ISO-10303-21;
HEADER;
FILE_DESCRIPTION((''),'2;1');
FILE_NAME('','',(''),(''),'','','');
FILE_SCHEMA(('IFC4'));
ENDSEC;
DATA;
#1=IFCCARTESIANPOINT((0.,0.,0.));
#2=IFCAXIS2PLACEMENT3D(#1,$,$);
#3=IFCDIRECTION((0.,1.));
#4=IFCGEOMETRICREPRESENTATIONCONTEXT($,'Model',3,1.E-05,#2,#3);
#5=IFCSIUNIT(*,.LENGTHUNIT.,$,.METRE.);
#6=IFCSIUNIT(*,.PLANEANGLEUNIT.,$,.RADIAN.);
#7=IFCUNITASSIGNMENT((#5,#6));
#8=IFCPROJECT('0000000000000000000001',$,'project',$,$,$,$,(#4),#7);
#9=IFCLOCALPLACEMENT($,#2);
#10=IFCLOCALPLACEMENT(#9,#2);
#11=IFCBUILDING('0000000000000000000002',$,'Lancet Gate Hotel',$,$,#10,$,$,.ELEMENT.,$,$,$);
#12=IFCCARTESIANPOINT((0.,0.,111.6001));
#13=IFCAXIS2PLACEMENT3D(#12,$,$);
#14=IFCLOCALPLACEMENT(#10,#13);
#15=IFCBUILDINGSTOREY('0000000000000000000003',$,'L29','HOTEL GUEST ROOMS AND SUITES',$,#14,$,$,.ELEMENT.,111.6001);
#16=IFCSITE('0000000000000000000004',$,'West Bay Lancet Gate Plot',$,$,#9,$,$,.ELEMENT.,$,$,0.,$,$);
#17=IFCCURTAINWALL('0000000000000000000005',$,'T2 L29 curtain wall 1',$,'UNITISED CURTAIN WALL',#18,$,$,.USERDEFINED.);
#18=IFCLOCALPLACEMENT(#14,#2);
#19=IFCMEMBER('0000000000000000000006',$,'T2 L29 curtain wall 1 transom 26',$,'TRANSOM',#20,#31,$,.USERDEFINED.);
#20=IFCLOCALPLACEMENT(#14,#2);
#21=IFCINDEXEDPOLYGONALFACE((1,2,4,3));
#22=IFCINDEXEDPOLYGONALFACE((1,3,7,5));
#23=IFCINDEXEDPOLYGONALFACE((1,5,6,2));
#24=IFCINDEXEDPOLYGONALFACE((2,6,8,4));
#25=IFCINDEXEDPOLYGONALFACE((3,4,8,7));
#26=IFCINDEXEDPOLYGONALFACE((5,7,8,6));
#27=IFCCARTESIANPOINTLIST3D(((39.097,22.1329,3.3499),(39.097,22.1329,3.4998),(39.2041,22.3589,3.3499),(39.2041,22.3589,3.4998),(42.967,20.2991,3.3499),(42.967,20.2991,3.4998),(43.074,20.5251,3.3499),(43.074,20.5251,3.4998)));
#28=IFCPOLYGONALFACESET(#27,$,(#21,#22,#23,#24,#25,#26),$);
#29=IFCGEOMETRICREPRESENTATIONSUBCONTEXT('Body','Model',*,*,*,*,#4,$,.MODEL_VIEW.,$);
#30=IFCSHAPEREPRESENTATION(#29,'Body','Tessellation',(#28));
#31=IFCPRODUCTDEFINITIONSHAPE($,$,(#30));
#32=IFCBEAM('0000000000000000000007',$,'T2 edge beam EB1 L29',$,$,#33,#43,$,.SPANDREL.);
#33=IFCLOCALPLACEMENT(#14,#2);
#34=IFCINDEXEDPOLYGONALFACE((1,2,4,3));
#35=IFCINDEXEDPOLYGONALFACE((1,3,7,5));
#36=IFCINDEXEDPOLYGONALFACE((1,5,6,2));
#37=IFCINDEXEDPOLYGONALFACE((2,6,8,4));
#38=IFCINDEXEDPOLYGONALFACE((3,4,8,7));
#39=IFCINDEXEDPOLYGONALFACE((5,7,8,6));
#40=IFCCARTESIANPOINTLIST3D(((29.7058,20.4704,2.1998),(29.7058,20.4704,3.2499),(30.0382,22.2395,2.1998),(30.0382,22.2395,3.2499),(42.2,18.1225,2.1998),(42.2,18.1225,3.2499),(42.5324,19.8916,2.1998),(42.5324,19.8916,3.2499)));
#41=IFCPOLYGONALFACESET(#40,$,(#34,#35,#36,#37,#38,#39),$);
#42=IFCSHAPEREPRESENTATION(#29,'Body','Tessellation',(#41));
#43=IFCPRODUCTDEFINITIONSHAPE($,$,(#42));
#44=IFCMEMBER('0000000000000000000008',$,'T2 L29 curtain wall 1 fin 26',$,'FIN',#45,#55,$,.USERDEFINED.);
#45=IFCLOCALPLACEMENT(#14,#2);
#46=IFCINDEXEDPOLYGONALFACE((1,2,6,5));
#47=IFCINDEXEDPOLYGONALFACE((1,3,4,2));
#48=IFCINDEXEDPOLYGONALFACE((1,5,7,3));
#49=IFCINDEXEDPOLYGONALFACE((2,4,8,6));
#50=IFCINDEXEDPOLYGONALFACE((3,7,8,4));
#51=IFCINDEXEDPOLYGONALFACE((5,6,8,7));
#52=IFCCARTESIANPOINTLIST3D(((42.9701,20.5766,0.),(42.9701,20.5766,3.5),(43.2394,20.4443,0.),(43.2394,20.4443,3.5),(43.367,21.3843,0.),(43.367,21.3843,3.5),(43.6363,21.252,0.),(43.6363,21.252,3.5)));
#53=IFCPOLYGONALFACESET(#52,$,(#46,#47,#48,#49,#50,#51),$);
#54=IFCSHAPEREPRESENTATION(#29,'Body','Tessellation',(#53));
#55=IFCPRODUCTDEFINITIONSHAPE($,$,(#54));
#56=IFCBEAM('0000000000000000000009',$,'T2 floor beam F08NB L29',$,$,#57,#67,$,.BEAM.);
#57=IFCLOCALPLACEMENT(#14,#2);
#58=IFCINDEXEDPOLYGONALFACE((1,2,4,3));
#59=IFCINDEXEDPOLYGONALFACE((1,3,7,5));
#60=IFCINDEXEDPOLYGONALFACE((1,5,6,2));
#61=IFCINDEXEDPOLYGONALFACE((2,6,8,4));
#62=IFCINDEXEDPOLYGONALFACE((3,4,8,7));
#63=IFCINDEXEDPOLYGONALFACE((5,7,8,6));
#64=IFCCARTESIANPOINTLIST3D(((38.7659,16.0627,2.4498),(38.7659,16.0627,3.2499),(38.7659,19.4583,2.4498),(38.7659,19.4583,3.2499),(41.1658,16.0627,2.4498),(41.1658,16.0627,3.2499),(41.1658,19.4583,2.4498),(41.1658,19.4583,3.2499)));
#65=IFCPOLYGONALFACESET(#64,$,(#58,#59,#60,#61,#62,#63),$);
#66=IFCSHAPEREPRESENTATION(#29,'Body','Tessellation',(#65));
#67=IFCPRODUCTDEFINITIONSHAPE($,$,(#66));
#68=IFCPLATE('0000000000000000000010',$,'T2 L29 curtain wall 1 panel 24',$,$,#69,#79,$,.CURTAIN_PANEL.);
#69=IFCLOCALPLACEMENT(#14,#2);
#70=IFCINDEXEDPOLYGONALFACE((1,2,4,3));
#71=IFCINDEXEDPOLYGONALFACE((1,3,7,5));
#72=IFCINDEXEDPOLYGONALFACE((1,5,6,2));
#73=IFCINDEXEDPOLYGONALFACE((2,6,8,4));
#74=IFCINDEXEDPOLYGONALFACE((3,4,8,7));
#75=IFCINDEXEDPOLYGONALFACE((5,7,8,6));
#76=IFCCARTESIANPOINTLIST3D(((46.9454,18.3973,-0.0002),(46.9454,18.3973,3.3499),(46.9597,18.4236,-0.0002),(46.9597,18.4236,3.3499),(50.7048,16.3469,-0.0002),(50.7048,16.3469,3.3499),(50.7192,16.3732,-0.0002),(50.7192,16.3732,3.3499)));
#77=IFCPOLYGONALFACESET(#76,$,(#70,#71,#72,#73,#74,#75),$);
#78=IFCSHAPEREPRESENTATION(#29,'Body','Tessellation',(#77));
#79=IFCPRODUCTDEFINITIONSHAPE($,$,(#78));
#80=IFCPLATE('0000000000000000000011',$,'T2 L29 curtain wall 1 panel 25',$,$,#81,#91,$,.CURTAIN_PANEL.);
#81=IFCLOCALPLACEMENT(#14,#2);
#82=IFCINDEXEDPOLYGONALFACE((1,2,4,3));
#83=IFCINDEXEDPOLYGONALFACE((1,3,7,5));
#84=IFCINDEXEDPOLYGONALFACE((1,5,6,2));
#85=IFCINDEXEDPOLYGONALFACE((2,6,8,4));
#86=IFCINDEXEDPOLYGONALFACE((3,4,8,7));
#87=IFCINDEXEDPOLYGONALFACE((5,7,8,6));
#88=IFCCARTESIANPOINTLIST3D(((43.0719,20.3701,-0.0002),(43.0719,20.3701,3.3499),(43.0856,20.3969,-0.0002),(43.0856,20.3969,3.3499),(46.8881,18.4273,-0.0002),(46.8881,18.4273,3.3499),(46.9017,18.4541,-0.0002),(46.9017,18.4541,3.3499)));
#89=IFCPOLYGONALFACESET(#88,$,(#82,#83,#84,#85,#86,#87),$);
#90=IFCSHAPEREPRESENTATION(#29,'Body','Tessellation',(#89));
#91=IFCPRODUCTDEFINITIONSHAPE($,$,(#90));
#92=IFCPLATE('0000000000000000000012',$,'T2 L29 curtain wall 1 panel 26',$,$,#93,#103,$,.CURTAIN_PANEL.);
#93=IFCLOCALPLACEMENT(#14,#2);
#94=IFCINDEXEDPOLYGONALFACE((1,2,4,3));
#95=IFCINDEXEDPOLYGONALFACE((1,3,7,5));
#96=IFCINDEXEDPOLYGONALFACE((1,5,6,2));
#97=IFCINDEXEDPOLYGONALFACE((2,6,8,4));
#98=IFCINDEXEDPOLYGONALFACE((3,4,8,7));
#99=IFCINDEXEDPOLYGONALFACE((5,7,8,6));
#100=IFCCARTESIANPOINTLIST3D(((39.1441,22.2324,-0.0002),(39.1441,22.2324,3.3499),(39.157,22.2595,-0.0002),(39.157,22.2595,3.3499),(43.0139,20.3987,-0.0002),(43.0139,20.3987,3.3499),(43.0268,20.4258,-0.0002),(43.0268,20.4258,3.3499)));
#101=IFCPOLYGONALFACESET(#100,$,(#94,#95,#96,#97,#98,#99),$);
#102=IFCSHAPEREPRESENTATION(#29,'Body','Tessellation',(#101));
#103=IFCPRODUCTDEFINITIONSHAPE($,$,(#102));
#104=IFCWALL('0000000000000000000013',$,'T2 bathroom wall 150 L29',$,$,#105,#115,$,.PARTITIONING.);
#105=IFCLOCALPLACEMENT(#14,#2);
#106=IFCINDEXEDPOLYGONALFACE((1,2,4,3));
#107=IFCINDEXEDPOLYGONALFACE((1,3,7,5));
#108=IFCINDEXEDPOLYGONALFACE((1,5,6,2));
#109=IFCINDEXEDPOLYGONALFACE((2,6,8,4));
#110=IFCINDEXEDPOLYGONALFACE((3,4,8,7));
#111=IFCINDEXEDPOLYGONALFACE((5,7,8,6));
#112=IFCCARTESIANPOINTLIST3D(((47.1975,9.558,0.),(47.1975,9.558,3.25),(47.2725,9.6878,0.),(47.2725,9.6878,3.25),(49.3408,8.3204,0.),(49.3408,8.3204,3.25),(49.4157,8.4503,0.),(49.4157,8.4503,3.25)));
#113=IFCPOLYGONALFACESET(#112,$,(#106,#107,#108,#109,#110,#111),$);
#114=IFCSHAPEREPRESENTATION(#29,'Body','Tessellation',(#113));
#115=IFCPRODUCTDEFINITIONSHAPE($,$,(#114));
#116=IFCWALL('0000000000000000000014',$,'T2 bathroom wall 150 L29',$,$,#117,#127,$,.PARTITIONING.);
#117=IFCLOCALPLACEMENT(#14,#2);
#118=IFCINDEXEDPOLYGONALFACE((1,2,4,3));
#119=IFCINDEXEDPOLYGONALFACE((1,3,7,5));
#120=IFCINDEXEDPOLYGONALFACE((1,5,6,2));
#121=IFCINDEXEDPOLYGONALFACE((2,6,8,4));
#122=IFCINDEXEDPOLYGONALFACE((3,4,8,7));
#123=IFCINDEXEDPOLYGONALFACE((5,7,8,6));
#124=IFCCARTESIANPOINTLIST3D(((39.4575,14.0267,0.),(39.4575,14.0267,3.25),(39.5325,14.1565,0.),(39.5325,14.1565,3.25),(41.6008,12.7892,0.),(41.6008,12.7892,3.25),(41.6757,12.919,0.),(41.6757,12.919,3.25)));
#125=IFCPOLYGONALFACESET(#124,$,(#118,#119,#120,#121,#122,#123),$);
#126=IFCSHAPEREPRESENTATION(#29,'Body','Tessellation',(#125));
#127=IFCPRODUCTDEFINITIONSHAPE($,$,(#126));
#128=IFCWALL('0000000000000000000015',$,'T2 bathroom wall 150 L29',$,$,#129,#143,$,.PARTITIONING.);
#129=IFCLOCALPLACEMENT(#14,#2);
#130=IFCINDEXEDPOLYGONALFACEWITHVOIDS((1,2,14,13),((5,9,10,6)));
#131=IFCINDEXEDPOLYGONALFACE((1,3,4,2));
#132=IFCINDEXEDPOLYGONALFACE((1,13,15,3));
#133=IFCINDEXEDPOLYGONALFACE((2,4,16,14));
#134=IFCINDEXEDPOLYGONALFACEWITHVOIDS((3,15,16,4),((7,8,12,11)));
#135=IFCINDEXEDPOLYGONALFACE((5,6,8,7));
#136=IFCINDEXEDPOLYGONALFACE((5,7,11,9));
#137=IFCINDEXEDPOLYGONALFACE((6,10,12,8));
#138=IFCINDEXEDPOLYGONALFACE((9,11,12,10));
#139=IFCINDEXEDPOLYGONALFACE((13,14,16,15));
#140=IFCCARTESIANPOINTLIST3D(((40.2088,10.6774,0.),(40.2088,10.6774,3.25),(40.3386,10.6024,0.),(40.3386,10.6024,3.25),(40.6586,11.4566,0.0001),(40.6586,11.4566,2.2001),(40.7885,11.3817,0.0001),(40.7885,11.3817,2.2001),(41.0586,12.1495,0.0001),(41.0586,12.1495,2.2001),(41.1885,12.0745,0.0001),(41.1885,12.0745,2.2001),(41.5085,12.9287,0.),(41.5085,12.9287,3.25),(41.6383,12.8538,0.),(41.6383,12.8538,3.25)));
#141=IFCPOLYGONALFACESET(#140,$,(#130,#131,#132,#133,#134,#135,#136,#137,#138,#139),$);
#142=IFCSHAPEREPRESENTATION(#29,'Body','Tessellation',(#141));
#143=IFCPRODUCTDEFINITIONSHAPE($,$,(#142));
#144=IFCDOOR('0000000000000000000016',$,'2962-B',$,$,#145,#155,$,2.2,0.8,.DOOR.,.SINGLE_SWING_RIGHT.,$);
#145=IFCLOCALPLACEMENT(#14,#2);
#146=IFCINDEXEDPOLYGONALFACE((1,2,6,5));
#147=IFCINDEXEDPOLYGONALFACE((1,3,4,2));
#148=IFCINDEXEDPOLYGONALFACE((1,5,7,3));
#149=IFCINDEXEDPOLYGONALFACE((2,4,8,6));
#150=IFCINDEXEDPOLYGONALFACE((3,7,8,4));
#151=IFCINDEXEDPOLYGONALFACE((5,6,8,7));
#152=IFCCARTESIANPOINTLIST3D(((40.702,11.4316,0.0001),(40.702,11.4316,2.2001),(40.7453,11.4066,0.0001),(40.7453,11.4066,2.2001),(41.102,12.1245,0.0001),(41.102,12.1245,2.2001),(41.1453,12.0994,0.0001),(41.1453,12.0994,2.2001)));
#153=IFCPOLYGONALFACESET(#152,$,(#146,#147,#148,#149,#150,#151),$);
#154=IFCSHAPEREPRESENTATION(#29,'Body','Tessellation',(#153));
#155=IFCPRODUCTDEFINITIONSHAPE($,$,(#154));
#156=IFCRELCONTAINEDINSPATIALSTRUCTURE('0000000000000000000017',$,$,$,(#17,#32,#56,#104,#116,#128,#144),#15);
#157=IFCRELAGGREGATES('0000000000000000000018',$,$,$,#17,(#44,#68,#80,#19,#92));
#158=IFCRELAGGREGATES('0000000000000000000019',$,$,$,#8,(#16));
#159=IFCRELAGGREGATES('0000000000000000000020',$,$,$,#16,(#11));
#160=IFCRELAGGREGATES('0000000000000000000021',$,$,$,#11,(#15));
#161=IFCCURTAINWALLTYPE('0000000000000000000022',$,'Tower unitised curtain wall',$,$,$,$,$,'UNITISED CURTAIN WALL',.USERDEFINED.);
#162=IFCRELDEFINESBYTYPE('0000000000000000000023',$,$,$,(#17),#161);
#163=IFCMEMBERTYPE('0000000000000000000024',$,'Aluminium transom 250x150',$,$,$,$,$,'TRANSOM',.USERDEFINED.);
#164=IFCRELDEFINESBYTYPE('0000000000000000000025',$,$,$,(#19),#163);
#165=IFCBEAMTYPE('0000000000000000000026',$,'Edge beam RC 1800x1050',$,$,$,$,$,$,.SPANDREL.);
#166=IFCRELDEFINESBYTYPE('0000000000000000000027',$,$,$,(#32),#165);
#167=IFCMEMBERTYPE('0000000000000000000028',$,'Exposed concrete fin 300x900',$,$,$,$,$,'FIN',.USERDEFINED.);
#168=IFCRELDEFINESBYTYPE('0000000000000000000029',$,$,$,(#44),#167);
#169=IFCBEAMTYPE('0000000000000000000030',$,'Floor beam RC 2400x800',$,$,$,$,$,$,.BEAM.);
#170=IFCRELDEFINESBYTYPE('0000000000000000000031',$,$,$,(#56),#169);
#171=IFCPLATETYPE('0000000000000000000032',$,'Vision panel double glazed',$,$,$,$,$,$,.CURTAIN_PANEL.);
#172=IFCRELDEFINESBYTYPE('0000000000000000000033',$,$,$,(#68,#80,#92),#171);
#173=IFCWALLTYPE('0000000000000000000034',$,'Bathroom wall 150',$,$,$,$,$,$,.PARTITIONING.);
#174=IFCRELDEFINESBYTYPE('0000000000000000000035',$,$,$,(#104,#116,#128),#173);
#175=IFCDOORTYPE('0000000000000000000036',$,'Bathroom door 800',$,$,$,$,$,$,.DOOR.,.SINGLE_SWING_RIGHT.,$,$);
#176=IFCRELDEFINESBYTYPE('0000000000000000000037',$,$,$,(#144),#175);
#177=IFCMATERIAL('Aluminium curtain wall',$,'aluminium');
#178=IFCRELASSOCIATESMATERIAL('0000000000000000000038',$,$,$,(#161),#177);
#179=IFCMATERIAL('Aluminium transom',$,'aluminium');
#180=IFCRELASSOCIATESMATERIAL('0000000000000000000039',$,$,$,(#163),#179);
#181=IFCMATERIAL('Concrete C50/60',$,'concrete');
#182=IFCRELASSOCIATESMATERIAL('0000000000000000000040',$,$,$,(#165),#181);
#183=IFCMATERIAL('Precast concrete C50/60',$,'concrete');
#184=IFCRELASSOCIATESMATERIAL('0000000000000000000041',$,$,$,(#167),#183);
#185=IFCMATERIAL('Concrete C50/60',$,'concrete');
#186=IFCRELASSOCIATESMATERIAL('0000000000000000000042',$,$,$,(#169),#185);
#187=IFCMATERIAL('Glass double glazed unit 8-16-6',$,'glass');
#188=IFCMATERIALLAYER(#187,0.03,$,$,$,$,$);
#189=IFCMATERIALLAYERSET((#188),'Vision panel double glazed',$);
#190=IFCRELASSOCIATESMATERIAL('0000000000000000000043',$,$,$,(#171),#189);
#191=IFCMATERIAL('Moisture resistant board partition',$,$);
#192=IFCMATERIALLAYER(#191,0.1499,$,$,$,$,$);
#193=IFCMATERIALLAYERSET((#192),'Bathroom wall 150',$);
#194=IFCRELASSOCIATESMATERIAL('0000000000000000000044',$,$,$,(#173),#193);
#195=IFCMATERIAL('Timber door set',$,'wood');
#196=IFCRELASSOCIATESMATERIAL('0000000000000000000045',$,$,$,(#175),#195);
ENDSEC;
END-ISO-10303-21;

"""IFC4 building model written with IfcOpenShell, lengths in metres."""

from ifc_helpers import new_model, si_unit, direction, frame, frame_2d, origin, origin_2d, place, context, subcontext, project, spatial, rectangle, extrude, material, layer, layer_set, material_profile, profile_set, type_object, element, fill, aggregate, save


model = new_model("IFC4")

# Units and contexts
model_context = context("Model", 3, precision=1e-05, world=origin(), true_north=direction((0.0, 1.0)))
body_context = subcontext(model_context, "Body", "Model", "MODEL_VIEW")
ifc_project = project(units=[si_unit("LENGTHUNIT", "METRE"), si_unit("PLANEANGLEUNIT", "RADIAN")], contexts=[model_context])

# Site, building, storey
site_placement = place(None, origin())
site = spatial("IfcSite", under=ifc_project, at=site_placement, Name="West Bay Lancet Gate Plot", CompositionType="ELEMENT", RefElevation=0.0)
building_placement = place(site_placement, origin())
building = spatial("IfcBuilding", under=site, at=building_placement, Name="Lancet Gate Hotel", CompositionType="ELEMENT")
storey_placement = place(building_placement, frame((0.0, 0.0, 111.6001)))
storey = spatial("IfcBuildingStorey", under=building, at=storey_placement, Name="L29", Description="HOTEL GUEST ROOMS AND SUITES", CompositionType="ELEMENT", Elevation=111.6001)

# Curtain wall, member
ifc_material_1 = material(Name="Aluminium curtain wall", Category="aluminium")
curtain_wall_type = type_object("IfcCurtainWallType", Name="Tower unitised curtain wall", ElementType="UNITISED CURTAIN WALL", PredefinedType="USERDEFINED", material=ifc_material_1)
curtain_wall_placement = place(storey_placement, origin())
curtain_wall = element("IfcCurtainWall", 1, at=curtain_wall_placement, inside=storey, type_object=curtain_wall_type, Name="T2 L29 curtain wall 1", ObjectType="UNITISED CURTAIN WALL", PredefinedType="USERDEFINED")
ifc_material_2 = material(Name="Aluminium transom", Category="aluminium")
ifc_material_profile_1 = material_profile(ifc_material_2, rectangle(XDim=0.25, YDim=0.1499, at=origin_2d()), Name="TRANSOM 250x150")
ifc_profile_set_1 = profile_set([ifc_material_profile_1], Name="Aluminium transom")
member_type_1 = type_object("IfcMemberType", Name="Aluminium transom 250x150", ElementType="TRANSOM", PredefinedType="USERDEFINED", material=ifc_profile_set_1)
member_1_placement = place(storey_placement, frame((43.0205, 20.4121, 3.4248), z_axis=(-0.90368, 0.428209, 0.0), x_axis=(-0.428209, -0.90368, 0.0)))
member_1 = element("IfcMember", 2, at=member_1_placement, type_object=member_type_1, Name="T2 L29 curtain wall 1 transom 26", ObjectType="TRANSOM", PredefinedType="USERDEFINED", context=body_context, shape_type="SweptSolid", body=[
    extrude(rectangle(XDim=0.25, YDim=0.1499, at=origin_2d()), origin(), (0.0, 0.0, 1.0), 4.2825),
])

# Beam
ifc_material_3 = material(Name="Concrete C50/60", Category="concrete")
ifc_material_profile_2 = material_profile(ifc_material_3, rectangle(XDim=1.8, YDim=1.05, at=origin_2d()), Name="RC 1800x1050")
ifc_profile_set_2 = profile_set([ifc_material_profile_2], Name="Concrete C50/60")
beam_type_1 = type_object("IfcBeamType", Name="Edge beam RC 1800x1050", PredefinedType="SPANDREL", material=ifc_profile_set_2)
beam_1_placement = place(storey_placement, frame((42.3662, 19.0071, 2.7249), z_axis=(-0.982797, 0.184687, 0.0), x_axis=(-0.184687, -0.982797, 0.0)))
element("IfcBeam", 3, at=beam_1_placement, inside=storey, type_object=beam_type_1, Name="T2 edge beam EB1 L29", PredefinedType="SPANDREL", context=body_context, shape_type="SweptSolid", body=[
    extrude(rectangle(XDim=1.8, YDim=1.05, at=origin_2d()), origin(), (0.0, 0.0, 1.0), 12.7129),
])

# Member
ifc_material_4 = material(Name="Precast concrete C50/60", Category="concrete")
ifc_material_profile_3 = material_profile(ifc_material_4, rectangle(XDim=0.3, YDim=0.8999, at=origin_2d()), Name="FIN 300x900")
ifc_profile_set_3 = profile_set([ifc_material_profile_3], Name="Precast concrete C50/60")
member_type_2 = type_object("IfcMemberType", Name="Exposed concrete fin 300x900", ElementType="FIN", PredefinedType="USERDEFINED", material=ifc_profile_set_3)
member_2_placement = place(storey_placement, frame((43.3032, 20.9143, 0.0), z_axis=(0.0, 0.0, 1.0), x_axis=(-0.897512, 0.44099, 0.0)))
member_2 = element("IfcMember", 4, at=member_2_placement, type_object=member_type_2, Name="T2 L29 curtain wall 1 fin 26", ObjectType="FIN", PredefinedType="USERDEFINED", context=body_context, shape_type="SweptSolid", body=[
    extrude(rectangle(XDim=0.3, YDim=0.8999, at=origin_2d()), origin(), (0.0, 0.0, 1.0), 3.5),
])

# Beam
ifc_material_5 = material(Name="Concrete C50/60", Category="concrete")
ifc_material_profile_4 = material_profile(ifc_material_5, rectangle(XDim=2.3999, YDim=0.8, at=origin_2d()), Name="RC 2400x800")
ifc_profile_set_4 = profile_set([ifc_material_profile_4], Name="Concrete C50/60")
beam_type_2 = type_object("IfcBeamType", Name="Floor beam RC 2400x800", PredefinedType="BEAM", material=ifc_profile_set_4)
beam_2_placement = place(storey_placement, frame((39.9658, 16.0627, 2.8499), z_axis=(0.0, 1.0, 0.0), x_axis=(-1.0, 0.0, 0.0)))
element("IfcBeam", 5, at=beam_2_placement, inside=storey, type_object=beam_type_2, Name="T2 floor beam F08NB L29", PredefinedType="BEAM", context=body_context, shape_type="SweptSolid", body=[
    extrude(rectangle(XDim=2.3999, YDim=0.8, at=origin_2d()), origin(), (0.0, 0.0, 1.0), 3.3955),
])

# Plates
ifc_material_6 = material(Name="Glass double glazed unit 8-16-6", Category="glass")
ifc_layer_1 = layer(ifc_material_6, 0.03)
ifc_layer_set_1 = layer_set([ifc_layer_1], Name="Vision panel double glazed")
plate_type = type_object("IfcPlateType", Name="Vision panel double glazed", PredefinedType="CURTAIN_PANEL", material=ifc_layer_set_1)
plate_1_placement = place(storey_placement, frame((48.8323, 17.3853, -0.0002), z_axis=(0.0, 0.0, 1.0), x_axis=(-0.877916, 0.478814, 0.0)))
plate_1 = element("IfcPlate", 6, at=plate_1_placement, type_object=plate_type, Name="T2 L29 curtain wall 1 panel 24", PredefinedType="CURTAIN_PANEL", context=body_context, shape_type="SweptSolid", body=[
    extrude(rectangle(XDim=4.2822, YDim=0.03, at=origin_2d()), origin(), (0.0, 0.0, 1.0), 3.3501),
])
plate_2_placement = place(storey_placement, frame((44.9868, 19.4121, -0.0002), z_axis=(0.0, 0.0, 1.0), x_axis=(-0.891159, 0.45369, 0.0)))
plate_2 = element("IfcPlate", 7, at=plate_2_placement, type_object=plate_type, Name="T2 L29 curtain wall 1 panel 25", PredefinedType="CURTAIN_PANEL", context=body_context, shape_type="SweptSolid", body=[
    extrude(rectangle(XDim=4.2822, YDim=0.03, at=origin_2d()), origin(), (0.0, 0.0, 1.0), 3.3501),
])
plate_3_placement = place(storey_placement, frame((41.0854, 21.3291, -0.0002), z_axis=(0.0, 0.0, 1.0), x_axis=(-0.903683, 0.428201, 0.0)))
plate_3 = element("IfcPlate", 8, at=plate_3_placement, type_object=plate_type, Name="T2 L29 curtain wall 1 panel 26", PredefinedType="CURTAIN_PANEL", context=body_context, shape_type="SweptSolid", body=[
    extrude(rectangle(XDim=4.2822, YDim=0.03, at=origin_2d()), origin(), (0.0, 0.0, 1.0), 3.3501),
])
aggregate(curtain_wall, [member_2, plate_1, plate_2, member_1, plate_3])

# Walls
ifc_material_7 = material(Name="Moisture resistant board partition")
ifc_layer_2 = layer(ifc_material_7, 0.1499)
ifc_layer_set_2 = layer_set([ifc_layer_2], Name="Bathroom wall 150")
wall_type = type_object("IfcWallType", Name="Bathroom wall 150", PredefinedType="PARTITIONING", material=ifc_layer_set_2)
for number, where, z_axis, x_axis, name in (
    (9, (47.2351, 9.6228, 0.0), (0.0, 0.0, 1.0), (0.866007, -0.500033, 0.0), "T2 bathroom wall 150 L29"),
    (10, (39.4951, 14.0916, 0.0), (0.0, 0.0, 1.0), (0.866007, -0.500033, 0.0), "T2 bathroom wall 150 L29"),
):
    element("IfcWall", number, at=place(storey_placement, frame(where, z_axis=z_axis, x_axis=x_axis)), inside=storey, type_object=wall_type, Name=name, PredefinedType="PARTITIONING", context=body_context, shape_type="SweptSolid", body=[
        extrude(rectangle(XDim=2.4749, YDim=0.1499, at=frame_2d((1.2373, 0.0))), origin(), (0.0, 0.0, 1.0), 3.25),
    ])

# Wall, opening, door
wall_placement = place(storey_placement, frame((40.2737, 10.6399, 0.0), z_axis=(0.0, 0.0, 1.0), x_axis=(0.499977, 0.866039, 0.0)))
wall = element("IfcWall", 11, at=wall_placement, inside=storey, type_object=wall_type, Name="T2 bathroom wall 150 L29", PredefinedType="PARTITIONING", context=body_context, shape_type="SweptSolid", body=[
    extrude(rectangle(XDim=2.5996, YDim=0.1499, at=frame_2d((1.2998, 0.0))), origin(), (0.0, 0.0, 1.0), 3.25),
])
opening_placement = place(wall_placement, frame((0.8999, 0.0, 0.0)))
opening = element("IfcOpeningElement", 12, at=opening_placement, cuts=wall, PredefinedType="OPENING", context=body_context, shape_type="SweptSolid", body=[
    extrude(rectangle(XDim=0.8, YDim=2.2, at=frame_2d((0.3999, 1.1001))), frame((0.0, 0.085, 0.0), z_axis=(0.0, -1.0, 0.0), x_axis=(1.0, 0.0, 0.0)), (0.0, 0.0, 1.0), 0.1699),
])
ifc_material_8 = material(Name="Timber door set", Category="wood")
door_type = type_object("IfcDoorType", Name="Bathroom door 800", OperationType="SINGLE_SWING_RIGHT", PredefinedType="DOOR", material=ifc_material_8)
door_placement = place(opening_placement, origin())
door = element("IfcDoor", 13, at=door_placement, inside=storey, type_object=door_type, Name="2962-B", OperationType="SINGLE_SWING_RIGHT", OverallHeight=2.2, OverallWidth=0.8, PredefinedType="DOOR", context=body_context, shape_type="SweptSolid", body=[
    extrude(rectangle(XDim=0.8, YDim=2.2, at=frame_2d((0.3999, 1.1001))), frame((0.0, 0.0249, 0.0), z_axis=(0.0, -1.0, 0.0), x_axis=(1.0, 0.0, 0.0)), (0.0, 0.0, 1.0), 0.05),
])
fill(opening, door)

save(model, "model.ifc")
